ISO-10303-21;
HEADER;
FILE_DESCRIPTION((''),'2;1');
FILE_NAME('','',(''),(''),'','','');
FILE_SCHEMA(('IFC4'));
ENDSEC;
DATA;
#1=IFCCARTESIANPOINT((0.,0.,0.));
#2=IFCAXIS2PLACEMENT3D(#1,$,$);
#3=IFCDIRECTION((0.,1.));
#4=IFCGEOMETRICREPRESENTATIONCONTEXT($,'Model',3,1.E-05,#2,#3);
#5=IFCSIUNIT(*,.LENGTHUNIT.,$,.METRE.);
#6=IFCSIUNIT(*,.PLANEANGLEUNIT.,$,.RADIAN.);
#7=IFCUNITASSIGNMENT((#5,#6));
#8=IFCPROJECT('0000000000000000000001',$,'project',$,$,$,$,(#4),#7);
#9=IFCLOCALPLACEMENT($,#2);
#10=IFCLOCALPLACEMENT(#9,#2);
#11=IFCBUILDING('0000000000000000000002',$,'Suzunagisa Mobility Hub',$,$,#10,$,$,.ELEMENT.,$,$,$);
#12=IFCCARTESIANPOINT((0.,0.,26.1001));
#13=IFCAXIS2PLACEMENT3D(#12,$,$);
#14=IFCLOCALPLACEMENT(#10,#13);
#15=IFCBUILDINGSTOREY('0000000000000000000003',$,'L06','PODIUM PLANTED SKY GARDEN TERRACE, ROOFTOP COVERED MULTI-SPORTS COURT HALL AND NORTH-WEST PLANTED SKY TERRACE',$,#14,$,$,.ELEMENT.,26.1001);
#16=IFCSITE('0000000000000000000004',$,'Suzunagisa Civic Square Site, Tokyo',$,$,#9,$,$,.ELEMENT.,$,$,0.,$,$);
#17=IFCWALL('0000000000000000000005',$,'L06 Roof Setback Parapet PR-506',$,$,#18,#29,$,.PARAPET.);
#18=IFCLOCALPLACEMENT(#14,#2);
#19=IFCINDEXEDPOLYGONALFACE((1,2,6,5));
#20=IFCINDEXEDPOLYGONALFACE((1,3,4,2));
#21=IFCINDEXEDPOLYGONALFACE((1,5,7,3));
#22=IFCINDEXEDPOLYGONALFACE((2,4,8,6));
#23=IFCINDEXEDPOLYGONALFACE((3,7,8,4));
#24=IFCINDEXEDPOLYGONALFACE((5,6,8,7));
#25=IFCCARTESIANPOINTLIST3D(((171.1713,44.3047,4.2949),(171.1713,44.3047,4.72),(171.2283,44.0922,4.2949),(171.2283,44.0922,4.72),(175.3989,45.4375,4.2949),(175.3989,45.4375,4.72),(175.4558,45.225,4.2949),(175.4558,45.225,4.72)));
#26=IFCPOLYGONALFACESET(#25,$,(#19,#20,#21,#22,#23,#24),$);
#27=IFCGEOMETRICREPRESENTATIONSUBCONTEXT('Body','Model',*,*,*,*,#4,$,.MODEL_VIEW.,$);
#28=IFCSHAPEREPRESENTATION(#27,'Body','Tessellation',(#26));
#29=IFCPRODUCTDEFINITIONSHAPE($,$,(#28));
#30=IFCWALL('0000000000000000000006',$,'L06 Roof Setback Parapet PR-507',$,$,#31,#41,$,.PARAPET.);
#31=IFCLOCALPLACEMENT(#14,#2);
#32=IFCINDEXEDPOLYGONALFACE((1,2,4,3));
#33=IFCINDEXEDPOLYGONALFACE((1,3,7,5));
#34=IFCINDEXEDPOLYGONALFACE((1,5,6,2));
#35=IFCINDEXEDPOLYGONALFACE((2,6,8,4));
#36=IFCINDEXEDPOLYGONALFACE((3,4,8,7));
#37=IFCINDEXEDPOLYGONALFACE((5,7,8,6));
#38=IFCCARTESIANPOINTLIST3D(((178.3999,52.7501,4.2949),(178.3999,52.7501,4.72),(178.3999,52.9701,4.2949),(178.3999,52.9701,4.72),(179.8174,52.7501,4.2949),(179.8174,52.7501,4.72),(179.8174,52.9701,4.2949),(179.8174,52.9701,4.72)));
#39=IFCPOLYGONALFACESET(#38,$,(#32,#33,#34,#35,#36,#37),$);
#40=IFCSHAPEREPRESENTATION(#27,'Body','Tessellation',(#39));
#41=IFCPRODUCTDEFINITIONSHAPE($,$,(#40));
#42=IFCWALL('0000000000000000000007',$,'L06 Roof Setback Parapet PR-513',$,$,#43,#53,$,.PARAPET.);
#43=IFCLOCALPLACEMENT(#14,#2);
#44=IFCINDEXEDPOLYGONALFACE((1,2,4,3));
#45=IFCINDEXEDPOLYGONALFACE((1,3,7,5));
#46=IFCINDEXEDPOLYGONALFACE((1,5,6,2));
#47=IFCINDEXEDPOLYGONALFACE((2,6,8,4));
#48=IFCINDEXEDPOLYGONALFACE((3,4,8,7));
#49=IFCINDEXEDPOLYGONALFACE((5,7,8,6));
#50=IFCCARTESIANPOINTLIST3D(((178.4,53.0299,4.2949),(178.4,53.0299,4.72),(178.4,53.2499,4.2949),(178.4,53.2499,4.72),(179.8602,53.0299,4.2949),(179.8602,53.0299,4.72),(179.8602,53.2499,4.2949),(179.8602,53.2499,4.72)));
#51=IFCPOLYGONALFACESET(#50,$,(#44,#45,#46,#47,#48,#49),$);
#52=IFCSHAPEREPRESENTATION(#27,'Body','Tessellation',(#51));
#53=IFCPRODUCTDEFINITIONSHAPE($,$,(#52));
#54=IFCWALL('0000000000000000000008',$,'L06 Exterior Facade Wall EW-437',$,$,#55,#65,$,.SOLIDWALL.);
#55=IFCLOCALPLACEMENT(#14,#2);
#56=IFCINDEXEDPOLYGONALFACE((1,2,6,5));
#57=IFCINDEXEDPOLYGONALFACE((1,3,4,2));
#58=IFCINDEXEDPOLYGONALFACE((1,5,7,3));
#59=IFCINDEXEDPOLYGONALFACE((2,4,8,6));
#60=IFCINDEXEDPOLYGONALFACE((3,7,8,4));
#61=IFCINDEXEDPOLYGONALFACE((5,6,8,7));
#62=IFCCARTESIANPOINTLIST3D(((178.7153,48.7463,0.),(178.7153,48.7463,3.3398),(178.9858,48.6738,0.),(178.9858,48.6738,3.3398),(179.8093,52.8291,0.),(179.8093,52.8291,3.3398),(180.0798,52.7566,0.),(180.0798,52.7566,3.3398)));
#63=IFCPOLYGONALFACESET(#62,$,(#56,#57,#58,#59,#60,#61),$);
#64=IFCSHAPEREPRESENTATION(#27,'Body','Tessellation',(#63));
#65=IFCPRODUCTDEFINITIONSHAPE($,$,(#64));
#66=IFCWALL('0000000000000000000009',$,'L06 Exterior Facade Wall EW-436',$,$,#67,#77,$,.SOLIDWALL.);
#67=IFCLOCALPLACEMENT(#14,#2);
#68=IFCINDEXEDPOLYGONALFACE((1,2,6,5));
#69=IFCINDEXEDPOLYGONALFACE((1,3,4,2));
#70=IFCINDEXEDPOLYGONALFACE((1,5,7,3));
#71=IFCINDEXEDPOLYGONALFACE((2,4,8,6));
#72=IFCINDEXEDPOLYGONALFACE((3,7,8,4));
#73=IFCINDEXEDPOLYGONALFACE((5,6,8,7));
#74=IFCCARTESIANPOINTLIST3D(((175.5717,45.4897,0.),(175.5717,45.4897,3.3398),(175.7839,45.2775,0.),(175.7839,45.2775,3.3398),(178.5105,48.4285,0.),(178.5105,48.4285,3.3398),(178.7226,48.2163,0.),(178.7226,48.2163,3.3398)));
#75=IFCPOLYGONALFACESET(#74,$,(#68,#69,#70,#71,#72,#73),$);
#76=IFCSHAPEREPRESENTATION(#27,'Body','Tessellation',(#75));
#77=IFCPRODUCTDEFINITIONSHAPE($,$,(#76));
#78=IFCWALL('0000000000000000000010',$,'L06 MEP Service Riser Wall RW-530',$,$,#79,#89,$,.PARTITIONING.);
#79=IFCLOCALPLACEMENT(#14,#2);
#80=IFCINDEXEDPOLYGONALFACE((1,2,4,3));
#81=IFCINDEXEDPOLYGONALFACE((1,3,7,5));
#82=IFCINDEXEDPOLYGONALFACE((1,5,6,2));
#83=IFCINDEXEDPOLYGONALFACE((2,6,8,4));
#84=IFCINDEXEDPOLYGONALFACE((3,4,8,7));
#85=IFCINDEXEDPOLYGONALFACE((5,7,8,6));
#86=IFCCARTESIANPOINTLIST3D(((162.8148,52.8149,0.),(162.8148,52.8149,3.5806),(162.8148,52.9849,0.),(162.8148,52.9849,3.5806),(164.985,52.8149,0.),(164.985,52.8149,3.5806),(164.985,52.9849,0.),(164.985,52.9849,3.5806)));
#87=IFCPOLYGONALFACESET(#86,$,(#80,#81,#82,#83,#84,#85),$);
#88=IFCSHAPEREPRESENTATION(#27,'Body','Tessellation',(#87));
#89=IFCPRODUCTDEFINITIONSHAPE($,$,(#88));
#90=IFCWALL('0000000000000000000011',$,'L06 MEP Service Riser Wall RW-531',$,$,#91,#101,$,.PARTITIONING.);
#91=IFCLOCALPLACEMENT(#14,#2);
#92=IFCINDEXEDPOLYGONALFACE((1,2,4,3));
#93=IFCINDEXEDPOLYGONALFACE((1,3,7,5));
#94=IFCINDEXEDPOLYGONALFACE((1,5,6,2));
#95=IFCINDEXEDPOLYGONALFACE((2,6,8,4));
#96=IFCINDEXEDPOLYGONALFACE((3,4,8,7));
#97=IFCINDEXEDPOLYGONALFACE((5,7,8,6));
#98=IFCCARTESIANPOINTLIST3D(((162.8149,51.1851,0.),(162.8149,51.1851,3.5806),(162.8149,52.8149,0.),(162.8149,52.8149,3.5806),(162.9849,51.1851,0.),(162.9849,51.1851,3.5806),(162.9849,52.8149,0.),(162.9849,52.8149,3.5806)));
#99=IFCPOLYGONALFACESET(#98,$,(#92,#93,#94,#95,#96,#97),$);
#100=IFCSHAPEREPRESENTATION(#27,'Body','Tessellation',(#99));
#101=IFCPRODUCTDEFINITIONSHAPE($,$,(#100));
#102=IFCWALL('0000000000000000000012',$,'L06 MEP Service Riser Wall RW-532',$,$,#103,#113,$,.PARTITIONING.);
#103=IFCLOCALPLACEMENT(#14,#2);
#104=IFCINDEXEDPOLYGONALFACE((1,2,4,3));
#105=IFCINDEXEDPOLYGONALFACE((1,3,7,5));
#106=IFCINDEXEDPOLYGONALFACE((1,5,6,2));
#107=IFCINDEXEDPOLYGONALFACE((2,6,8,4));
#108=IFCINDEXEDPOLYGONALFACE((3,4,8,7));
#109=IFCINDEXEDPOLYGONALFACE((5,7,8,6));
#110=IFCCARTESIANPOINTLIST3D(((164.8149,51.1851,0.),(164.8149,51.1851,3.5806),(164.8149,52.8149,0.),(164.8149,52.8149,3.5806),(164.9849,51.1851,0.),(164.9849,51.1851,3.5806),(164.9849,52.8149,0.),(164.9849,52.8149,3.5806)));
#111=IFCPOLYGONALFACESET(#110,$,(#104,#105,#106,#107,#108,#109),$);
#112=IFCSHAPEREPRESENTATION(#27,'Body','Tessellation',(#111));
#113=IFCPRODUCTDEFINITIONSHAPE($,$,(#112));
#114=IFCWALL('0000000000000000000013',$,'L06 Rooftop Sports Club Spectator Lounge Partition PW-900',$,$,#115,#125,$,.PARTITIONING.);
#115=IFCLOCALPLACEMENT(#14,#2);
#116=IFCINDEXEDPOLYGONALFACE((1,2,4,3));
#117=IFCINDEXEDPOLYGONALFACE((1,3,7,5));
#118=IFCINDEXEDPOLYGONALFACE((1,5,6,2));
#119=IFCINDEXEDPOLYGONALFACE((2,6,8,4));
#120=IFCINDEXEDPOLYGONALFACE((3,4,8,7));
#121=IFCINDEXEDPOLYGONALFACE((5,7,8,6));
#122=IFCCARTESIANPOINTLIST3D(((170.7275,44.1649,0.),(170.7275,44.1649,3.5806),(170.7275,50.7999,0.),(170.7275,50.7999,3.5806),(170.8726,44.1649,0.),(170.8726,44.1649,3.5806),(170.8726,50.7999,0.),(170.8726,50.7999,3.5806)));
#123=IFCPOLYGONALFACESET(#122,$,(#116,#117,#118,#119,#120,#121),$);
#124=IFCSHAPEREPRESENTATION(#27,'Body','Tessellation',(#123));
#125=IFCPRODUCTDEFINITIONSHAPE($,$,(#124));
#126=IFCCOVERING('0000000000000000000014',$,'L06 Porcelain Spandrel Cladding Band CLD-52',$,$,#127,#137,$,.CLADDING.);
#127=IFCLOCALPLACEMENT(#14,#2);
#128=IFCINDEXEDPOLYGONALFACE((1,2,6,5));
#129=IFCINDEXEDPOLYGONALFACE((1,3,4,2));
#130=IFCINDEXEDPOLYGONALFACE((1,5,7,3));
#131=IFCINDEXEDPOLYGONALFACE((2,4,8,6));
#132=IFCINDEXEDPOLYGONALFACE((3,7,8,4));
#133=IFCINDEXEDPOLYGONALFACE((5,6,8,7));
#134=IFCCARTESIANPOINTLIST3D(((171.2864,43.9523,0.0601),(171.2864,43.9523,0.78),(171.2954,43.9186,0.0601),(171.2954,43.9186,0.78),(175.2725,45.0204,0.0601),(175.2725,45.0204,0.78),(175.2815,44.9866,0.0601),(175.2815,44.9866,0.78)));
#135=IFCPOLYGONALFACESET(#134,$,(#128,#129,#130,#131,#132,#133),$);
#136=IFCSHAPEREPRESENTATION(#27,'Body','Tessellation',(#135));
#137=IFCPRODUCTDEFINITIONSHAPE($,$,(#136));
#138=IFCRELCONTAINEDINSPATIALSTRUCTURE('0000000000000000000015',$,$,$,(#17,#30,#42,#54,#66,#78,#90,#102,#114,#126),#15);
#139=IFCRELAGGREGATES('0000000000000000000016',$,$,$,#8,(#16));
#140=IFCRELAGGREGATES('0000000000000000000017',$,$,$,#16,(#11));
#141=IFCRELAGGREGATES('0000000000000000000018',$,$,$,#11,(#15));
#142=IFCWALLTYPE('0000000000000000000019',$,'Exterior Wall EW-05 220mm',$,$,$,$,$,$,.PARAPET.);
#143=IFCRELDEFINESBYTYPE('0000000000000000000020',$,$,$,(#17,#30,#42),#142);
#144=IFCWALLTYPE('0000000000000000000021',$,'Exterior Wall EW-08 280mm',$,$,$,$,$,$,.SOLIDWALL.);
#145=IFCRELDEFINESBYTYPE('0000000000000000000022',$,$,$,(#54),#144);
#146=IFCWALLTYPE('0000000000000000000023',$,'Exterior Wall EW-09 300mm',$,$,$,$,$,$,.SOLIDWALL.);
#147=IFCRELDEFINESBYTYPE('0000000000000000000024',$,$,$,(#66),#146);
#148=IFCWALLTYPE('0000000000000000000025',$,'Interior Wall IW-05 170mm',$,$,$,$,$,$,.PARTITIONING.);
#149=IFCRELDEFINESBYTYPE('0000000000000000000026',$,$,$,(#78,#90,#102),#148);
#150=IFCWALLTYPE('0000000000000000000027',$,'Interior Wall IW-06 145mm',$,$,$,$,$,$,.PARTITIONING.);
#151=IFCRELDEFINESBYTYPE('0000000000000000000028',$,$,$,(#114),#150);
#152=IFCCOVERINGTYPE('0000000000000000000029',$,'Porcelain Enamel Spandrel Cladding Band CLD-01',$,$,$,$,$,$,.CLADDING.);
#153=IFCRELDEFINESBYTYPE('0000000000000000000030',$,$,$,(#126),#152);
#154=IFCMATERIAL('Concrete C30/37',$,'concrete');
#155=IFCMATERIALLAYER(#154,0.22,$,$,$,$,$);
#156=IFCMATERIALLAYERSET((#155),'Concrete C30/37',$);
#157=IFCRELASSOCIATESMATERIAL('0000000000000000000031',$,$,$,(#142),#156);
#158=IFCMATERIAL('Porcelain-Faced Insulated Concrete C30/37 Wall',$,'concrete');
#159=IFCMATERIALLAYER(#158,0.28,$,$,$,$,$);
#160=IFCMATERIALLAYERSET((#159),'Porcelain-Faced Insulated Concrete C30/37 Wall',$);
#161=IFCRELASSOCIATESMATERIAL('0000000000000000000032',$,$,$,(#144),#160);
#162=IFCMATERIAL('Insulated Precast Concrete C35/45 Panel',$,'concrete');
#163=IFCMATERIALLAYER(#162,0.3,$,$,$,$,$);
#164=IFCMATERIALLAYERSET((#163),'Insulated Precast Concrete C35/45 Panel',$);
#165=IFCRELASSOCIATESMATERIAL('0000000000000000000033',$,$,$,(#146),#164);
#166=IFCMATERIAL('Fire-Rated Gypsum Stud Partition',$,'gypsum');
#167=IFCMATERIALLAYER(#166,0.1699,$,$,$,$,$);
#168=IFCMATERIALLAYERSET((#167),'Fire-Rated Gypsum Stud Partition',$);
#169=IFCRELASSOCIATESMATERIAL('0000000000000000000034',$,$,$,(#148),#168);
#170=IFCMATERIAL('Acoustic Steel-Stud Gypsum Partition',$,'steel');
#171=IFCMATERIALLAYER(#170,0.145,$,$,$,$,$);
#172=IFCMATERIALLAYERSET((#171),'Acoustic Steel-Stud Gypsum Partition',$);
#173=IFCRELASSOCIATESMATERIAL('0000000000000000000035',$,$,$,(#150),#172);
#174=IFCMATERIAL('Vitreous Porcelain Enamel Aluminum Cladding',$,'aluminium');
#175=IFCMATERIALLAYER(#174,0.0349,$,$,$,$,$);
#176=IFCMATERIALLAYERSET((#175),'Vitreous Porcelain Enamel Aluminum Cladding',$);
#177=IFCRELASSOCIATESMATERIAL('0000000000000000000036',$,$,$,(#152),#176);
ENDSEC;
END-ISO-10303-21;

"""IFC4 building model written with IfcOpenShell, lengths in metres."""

from ifc_helpers import new_model, si_unit, direction, frame, frame_2d, origin, origin_2d, place, context, subcontext, project, spatial, rectangle, extrude, material, layer, layer_set, type_object, element, save


model = new_model("IFC4")

# Units and contexts
model_context = context("Model", 3, precision=1e-05, world=origin(), true_north=direction((0.0, 1.0)))
body_context = subcontext(model_context, "Body", "Model", "MODEL_VIEW")
ifc_project = project(units=[si_unit("LENGTHUNIT", "METRE"), si_unit("PLANEANGLEUNIT", "RADIAN")], contexts=[model_context])

# Site, building, storey
site_placement = place(None, origin())
site = spatial("IfcSite", under=ifc_project, at=site_placement, Name="Suzunagisa Civic Square Site, Tokyo", CompositionType="ELEMENT", RefElevation=0.0)
building_placement = place(site_placement, origin())
building = spatial("IfcBuilding", under=site, at=building_placement, Name="Suzunagisa Mobility Hub", CompositionType="ELEMENT")
storey_placement = place(building_placement, frame((0.0, 0.0, 26.1001)))
storey = spatial("IfcBuildingStorey", under=building, at=storey_placement, Name="L06", Description="PODIUM PLANTED SKY GARDEN TERRACE, ROOFTOP COVERED MULTI-SPORTS COURT HALL AND NORTH-WEST PLANTED SKY TERRACE", CompositionType="ELEMENT", Elevation=26.1001)

# Walls
ifc_material_1 = material(Name="Porcelain-Faced Insulated Concrete C30/37 Wall", Category="concrete")
ifc_material_2 = material(Name="Concrete C30/37", Category="concrete")
ifc_layer_1 = layer(ifc_material_2, 0.22)
ifc_layer_set_1 = layer_set([ifc_layer_1], Name="Concrete C30/37")
wall_type_1 = type_object("IfcWallType", Name="Exterior Wall EW-05 220mm", PredefinedType="PARAPET", material=ifc_layer_set_1)
wall_1_placement = place(storey_placement, frame((175.4275, 45.3313, 4.2949), z_axis=(0.0, 0.0, 1.0), x_axis=(-0.965923, -0.258829, 0.0)))
element("IfcWall", 1, at=wall_1_placement, inside=storey, type_object=wall_type_1, Name="L06 Roof Setback Parapet PR-506", PredefinedType="PARAPET", context=body_context, shape_type="SweptSolid", body=[
    extrude(rectangle(XDim=4.3767, YDim=0.22, at=frame_2d((2.1885, 0.0))), origin(), (0.0, 0.0, 1.0), 0.425),
])
wall_2_placement = place(storey_placement, frame((178.3999, 52.8601, 4.2949), z_axis=(0.0, 0.0, 1.0), x_axis=(1.0, 0.0, 0.0)))
element("IfcWall", 2, at=wall_2_placement, inside=storey, type_object=wall_type_1, Name="L06 Roof Setback Parapet PR-507", PredefinedType="PARAPET", context=body_context, shape_type="SweptSolid", body=[
    extrude(rectangle(XDim=1.4175, YDim=0.22, at=frame_2d((0.7087, 0.0))), origin(), (0.0, 0.0, 1.0), 0.425),
])
wall_3_placement = place(storey_placement, frame((179.8601, 53.1399, 4.2949), z_axis=(0.0, 0.0, 1.0), x_axis=(-1.0, 0.0, 0.0)))
element("IfcWall", 3, at=wall_3_placement, inside=storey, type_object=wall_type_1, Name="L06 Roof Setback Parapet PR-513", PredefinedType="PARAPET", context=body_context, shape_type="SweptSolid", body=[
    extrude(rectangle(XDim=1.4602, YDim=0.22, at=frame_2d((0.73, 0.0))), origin(), (0.0, 0.0, 1.0), 0.425),
])
ifc_layer_2 = layer(ifc_material_1, 0.28)
ifc_layer_set_2 = layer_set([ifc_layer_2], Name="Porcelain-Faced Insulated Concrete C30/37 Wall")
wall_type_2 = type_object("IfcWallType", Name="Exterior Wall EW-08 280mm", PredefinedType="SOLIDWALL", material=ifc_layer_set_2)
wall_4_placement = place(storey_placement, frame((178.8506, 48.7102, 0.0), z_axis=(0.0, 0.0, 1.0), x_axis=(0.258824, 0.965925, 0.0)))
element("IfcWall", 4, at=wall_4_placement, inside=storey, type_object=wall_type_2, Name="L06 Exterior Facade Wall EW-437", PredefinedType="SOLIDWALL", context=body_context, shape_type="SweptSolid", body=[
    extrude(rectangle(XDim=4.2268, YDim=0.28, at=frame_2d((2.1133, 0.0))), origin(), (0.0, 0.0, 1.0), 3.3398),
])
ifc_material_3 = material(Name="Insulated Precast Concrete C35/45 Panel", Category="concrete")
ifc_layer_3 = layer(ifc_material_3, 0.3)
ifc_layer_set_3 = layer_set([ifc_layer_3], Name="Insulated Precast Concrete C35/45 Panel")
wall_type_3 = type_object("IfcWallType", Name="Exterior Wall EW-09 300mm", PredefinedType="SOLIDWALL", material=ifc_layer_set_3)
wall_5_placement = place(storey_placement, frame((175.6777, 45.3835, 0.0), z_axis=(0.0, 0.0, 1.0), x_axis=(0.707107, 0.707107, 0.0)))
element("IfcWall", 5, at=wall_5_placement, inside=storey, type_object=wall_type_3, Name="L06 Exterior Facade Wall EW-436", PredefinedType="SOLIDWALL", context=body_context, shape_type="SweptSolid", body=[
    extrude(rectangle(XDim=4.156, YDim=0.3, at=frame_2d((2.0781, 0.0))), origin(), (0.0, 0.0, 1.0), 3.3398),
])
ifc_material_4 = material(Name="Fire-Rated Gypsum Stud Partition", Category="gypsum")
ifc_layer_4 = layer(ifc_material_4, 0.1699)
ifc_layer_set_4 = layer_set([ifc_layer_4], Name="Fire-Rated Gypsum Stud Partition")
wall_type_4 = type_object("IfcWallType", Name="Interior Wall IW-05 170mm", PredefinedType="PARTITIONING", material=ifc_layer_set_4)
wall_6_placement = place(storey_placement, frame((162.8149, 52.8999, 0.0), z_axis=(0.0, 0.0, 1.0), x_axis=(1.0, 0.0, 0.0)))
element("IfcWall", 6, at=wall_6_placement, inside=storey, type_object=wall_type_4, Name="L06 MEP Service Riser Wall RW-530", PredefinedType="PARTITIONING", context=body_context, shape_type="SweptSolid", body=[
    extrude(rectangle(XDim=2.1702, YDim=0.1699, at=frame_2d((1.085, 0.0))), origin(), (0.0, 0.0, 1.0), 3.5806),
])
for number, where, z_axis, x_axis, name in (
    (7, (162.8999, 51.1851, 0.0), (0.0, 0.0, 1.0), (0.0, 1.0, 0.0), "L06 MEP Service Riser Wall RW-531"),
    (8, (164.8999, 51.1851, 0.0), (0.0, 0.0, 1.0), (0.0, 1.0, 0.0), "L06 MEP Service Riser Wall RW-532"),
):
    element("IfcWall", number, at=place(storey_placement, frame(where, z_axis=z_axis, x_axis=x_axis)), inside=storey, type_object=wall_type_4, Name=name, PredefinedType="PARTITIONING", context=body_context, shape_type="SweptSolid", body=[
        extrude(rectangle(XDim=1.6299, YDim=0.1699, at=frame_2d((0.8149, 0.0))), origin(), (0.0, 0.0, 1.0), 3.5806),
    ])
ifc_material_5 = material(Name="Acoustic Steel-Stud Gypsum Partition", Category="steel")
ifc_layer_5 = layer(ifc_material_5, 0.145)
ifc_layer_set_5 = layer_set([ifc_layer_5], Name="Acoustic Steel-Stud Gypsum Partition")
wall_type_5 = type_object("IfcWallType", Name="Interior Wall IW-06 145mm", PredefinedType="PARTITIONING", material=ifc_layer_set_5)
wall_7_placement = place(storey_placement, frame((170.8, 44.165, 0.0), z_axis=(0.0, 0.0, 1.0), x_axis=(0.0, 1.0, 0.0)))
element("IfcWall", 9, at=wall_7_placement, inside=storey, type_object=wall_type_5, Name="L06 Rooftop Sports Club Spectator Lounge Partition PW-900", PredefinedType="PARTITIONING", context=body_context, shape_type="SweptSolid", body=[
    extrude(rectangle(XDim=6.635, YDim=0.145, at=frame_2d((3.3174, 0.0))), origin(), (0.0, 0.0, 1.0), 3.5806),
])

# Covering
ifc_material_6 = material(Name="Vitreous Porcelain Enamel Aluminum Cladding", Category="aluminium")
ifc_layer_6 = layer(ifc_material_6, 0.0349)
ifc_layer_set_6 = layer_set([ifc_layer_6], Name="Vitreous Porcelain Enamel Aluminum Cladding")
covering_type = type_object("IfcCoveringType", Name="Porcelain Enamel Spandrel Cladding Band CLD-01", PredefinedType="CLADDING", material=ifc_layer_set_6)
covering_placement = place(storey_placement, frame((173.2839, 44.4695, 0.0601), z_axis=(0.0, 0.0, 1.0), x_axis=(0.965929, 0.258807, 0.0)))
element("IfcCovering", 10, at=covering_placement, inside=storey, type_object=covering_type, Name="L06 Porcelain Spandrel Cladding Band CLD-52", PredefinedType="CLADDING", context=body_context, shape_type="SweptSolid", body=[
    extrude(rectangle(XDim=4.1267, YDim=0.0349, at=origin_2d()), origin(), (0.0, 0.0, 1.0), 0.72),
])

save(model, "model.ifc")
